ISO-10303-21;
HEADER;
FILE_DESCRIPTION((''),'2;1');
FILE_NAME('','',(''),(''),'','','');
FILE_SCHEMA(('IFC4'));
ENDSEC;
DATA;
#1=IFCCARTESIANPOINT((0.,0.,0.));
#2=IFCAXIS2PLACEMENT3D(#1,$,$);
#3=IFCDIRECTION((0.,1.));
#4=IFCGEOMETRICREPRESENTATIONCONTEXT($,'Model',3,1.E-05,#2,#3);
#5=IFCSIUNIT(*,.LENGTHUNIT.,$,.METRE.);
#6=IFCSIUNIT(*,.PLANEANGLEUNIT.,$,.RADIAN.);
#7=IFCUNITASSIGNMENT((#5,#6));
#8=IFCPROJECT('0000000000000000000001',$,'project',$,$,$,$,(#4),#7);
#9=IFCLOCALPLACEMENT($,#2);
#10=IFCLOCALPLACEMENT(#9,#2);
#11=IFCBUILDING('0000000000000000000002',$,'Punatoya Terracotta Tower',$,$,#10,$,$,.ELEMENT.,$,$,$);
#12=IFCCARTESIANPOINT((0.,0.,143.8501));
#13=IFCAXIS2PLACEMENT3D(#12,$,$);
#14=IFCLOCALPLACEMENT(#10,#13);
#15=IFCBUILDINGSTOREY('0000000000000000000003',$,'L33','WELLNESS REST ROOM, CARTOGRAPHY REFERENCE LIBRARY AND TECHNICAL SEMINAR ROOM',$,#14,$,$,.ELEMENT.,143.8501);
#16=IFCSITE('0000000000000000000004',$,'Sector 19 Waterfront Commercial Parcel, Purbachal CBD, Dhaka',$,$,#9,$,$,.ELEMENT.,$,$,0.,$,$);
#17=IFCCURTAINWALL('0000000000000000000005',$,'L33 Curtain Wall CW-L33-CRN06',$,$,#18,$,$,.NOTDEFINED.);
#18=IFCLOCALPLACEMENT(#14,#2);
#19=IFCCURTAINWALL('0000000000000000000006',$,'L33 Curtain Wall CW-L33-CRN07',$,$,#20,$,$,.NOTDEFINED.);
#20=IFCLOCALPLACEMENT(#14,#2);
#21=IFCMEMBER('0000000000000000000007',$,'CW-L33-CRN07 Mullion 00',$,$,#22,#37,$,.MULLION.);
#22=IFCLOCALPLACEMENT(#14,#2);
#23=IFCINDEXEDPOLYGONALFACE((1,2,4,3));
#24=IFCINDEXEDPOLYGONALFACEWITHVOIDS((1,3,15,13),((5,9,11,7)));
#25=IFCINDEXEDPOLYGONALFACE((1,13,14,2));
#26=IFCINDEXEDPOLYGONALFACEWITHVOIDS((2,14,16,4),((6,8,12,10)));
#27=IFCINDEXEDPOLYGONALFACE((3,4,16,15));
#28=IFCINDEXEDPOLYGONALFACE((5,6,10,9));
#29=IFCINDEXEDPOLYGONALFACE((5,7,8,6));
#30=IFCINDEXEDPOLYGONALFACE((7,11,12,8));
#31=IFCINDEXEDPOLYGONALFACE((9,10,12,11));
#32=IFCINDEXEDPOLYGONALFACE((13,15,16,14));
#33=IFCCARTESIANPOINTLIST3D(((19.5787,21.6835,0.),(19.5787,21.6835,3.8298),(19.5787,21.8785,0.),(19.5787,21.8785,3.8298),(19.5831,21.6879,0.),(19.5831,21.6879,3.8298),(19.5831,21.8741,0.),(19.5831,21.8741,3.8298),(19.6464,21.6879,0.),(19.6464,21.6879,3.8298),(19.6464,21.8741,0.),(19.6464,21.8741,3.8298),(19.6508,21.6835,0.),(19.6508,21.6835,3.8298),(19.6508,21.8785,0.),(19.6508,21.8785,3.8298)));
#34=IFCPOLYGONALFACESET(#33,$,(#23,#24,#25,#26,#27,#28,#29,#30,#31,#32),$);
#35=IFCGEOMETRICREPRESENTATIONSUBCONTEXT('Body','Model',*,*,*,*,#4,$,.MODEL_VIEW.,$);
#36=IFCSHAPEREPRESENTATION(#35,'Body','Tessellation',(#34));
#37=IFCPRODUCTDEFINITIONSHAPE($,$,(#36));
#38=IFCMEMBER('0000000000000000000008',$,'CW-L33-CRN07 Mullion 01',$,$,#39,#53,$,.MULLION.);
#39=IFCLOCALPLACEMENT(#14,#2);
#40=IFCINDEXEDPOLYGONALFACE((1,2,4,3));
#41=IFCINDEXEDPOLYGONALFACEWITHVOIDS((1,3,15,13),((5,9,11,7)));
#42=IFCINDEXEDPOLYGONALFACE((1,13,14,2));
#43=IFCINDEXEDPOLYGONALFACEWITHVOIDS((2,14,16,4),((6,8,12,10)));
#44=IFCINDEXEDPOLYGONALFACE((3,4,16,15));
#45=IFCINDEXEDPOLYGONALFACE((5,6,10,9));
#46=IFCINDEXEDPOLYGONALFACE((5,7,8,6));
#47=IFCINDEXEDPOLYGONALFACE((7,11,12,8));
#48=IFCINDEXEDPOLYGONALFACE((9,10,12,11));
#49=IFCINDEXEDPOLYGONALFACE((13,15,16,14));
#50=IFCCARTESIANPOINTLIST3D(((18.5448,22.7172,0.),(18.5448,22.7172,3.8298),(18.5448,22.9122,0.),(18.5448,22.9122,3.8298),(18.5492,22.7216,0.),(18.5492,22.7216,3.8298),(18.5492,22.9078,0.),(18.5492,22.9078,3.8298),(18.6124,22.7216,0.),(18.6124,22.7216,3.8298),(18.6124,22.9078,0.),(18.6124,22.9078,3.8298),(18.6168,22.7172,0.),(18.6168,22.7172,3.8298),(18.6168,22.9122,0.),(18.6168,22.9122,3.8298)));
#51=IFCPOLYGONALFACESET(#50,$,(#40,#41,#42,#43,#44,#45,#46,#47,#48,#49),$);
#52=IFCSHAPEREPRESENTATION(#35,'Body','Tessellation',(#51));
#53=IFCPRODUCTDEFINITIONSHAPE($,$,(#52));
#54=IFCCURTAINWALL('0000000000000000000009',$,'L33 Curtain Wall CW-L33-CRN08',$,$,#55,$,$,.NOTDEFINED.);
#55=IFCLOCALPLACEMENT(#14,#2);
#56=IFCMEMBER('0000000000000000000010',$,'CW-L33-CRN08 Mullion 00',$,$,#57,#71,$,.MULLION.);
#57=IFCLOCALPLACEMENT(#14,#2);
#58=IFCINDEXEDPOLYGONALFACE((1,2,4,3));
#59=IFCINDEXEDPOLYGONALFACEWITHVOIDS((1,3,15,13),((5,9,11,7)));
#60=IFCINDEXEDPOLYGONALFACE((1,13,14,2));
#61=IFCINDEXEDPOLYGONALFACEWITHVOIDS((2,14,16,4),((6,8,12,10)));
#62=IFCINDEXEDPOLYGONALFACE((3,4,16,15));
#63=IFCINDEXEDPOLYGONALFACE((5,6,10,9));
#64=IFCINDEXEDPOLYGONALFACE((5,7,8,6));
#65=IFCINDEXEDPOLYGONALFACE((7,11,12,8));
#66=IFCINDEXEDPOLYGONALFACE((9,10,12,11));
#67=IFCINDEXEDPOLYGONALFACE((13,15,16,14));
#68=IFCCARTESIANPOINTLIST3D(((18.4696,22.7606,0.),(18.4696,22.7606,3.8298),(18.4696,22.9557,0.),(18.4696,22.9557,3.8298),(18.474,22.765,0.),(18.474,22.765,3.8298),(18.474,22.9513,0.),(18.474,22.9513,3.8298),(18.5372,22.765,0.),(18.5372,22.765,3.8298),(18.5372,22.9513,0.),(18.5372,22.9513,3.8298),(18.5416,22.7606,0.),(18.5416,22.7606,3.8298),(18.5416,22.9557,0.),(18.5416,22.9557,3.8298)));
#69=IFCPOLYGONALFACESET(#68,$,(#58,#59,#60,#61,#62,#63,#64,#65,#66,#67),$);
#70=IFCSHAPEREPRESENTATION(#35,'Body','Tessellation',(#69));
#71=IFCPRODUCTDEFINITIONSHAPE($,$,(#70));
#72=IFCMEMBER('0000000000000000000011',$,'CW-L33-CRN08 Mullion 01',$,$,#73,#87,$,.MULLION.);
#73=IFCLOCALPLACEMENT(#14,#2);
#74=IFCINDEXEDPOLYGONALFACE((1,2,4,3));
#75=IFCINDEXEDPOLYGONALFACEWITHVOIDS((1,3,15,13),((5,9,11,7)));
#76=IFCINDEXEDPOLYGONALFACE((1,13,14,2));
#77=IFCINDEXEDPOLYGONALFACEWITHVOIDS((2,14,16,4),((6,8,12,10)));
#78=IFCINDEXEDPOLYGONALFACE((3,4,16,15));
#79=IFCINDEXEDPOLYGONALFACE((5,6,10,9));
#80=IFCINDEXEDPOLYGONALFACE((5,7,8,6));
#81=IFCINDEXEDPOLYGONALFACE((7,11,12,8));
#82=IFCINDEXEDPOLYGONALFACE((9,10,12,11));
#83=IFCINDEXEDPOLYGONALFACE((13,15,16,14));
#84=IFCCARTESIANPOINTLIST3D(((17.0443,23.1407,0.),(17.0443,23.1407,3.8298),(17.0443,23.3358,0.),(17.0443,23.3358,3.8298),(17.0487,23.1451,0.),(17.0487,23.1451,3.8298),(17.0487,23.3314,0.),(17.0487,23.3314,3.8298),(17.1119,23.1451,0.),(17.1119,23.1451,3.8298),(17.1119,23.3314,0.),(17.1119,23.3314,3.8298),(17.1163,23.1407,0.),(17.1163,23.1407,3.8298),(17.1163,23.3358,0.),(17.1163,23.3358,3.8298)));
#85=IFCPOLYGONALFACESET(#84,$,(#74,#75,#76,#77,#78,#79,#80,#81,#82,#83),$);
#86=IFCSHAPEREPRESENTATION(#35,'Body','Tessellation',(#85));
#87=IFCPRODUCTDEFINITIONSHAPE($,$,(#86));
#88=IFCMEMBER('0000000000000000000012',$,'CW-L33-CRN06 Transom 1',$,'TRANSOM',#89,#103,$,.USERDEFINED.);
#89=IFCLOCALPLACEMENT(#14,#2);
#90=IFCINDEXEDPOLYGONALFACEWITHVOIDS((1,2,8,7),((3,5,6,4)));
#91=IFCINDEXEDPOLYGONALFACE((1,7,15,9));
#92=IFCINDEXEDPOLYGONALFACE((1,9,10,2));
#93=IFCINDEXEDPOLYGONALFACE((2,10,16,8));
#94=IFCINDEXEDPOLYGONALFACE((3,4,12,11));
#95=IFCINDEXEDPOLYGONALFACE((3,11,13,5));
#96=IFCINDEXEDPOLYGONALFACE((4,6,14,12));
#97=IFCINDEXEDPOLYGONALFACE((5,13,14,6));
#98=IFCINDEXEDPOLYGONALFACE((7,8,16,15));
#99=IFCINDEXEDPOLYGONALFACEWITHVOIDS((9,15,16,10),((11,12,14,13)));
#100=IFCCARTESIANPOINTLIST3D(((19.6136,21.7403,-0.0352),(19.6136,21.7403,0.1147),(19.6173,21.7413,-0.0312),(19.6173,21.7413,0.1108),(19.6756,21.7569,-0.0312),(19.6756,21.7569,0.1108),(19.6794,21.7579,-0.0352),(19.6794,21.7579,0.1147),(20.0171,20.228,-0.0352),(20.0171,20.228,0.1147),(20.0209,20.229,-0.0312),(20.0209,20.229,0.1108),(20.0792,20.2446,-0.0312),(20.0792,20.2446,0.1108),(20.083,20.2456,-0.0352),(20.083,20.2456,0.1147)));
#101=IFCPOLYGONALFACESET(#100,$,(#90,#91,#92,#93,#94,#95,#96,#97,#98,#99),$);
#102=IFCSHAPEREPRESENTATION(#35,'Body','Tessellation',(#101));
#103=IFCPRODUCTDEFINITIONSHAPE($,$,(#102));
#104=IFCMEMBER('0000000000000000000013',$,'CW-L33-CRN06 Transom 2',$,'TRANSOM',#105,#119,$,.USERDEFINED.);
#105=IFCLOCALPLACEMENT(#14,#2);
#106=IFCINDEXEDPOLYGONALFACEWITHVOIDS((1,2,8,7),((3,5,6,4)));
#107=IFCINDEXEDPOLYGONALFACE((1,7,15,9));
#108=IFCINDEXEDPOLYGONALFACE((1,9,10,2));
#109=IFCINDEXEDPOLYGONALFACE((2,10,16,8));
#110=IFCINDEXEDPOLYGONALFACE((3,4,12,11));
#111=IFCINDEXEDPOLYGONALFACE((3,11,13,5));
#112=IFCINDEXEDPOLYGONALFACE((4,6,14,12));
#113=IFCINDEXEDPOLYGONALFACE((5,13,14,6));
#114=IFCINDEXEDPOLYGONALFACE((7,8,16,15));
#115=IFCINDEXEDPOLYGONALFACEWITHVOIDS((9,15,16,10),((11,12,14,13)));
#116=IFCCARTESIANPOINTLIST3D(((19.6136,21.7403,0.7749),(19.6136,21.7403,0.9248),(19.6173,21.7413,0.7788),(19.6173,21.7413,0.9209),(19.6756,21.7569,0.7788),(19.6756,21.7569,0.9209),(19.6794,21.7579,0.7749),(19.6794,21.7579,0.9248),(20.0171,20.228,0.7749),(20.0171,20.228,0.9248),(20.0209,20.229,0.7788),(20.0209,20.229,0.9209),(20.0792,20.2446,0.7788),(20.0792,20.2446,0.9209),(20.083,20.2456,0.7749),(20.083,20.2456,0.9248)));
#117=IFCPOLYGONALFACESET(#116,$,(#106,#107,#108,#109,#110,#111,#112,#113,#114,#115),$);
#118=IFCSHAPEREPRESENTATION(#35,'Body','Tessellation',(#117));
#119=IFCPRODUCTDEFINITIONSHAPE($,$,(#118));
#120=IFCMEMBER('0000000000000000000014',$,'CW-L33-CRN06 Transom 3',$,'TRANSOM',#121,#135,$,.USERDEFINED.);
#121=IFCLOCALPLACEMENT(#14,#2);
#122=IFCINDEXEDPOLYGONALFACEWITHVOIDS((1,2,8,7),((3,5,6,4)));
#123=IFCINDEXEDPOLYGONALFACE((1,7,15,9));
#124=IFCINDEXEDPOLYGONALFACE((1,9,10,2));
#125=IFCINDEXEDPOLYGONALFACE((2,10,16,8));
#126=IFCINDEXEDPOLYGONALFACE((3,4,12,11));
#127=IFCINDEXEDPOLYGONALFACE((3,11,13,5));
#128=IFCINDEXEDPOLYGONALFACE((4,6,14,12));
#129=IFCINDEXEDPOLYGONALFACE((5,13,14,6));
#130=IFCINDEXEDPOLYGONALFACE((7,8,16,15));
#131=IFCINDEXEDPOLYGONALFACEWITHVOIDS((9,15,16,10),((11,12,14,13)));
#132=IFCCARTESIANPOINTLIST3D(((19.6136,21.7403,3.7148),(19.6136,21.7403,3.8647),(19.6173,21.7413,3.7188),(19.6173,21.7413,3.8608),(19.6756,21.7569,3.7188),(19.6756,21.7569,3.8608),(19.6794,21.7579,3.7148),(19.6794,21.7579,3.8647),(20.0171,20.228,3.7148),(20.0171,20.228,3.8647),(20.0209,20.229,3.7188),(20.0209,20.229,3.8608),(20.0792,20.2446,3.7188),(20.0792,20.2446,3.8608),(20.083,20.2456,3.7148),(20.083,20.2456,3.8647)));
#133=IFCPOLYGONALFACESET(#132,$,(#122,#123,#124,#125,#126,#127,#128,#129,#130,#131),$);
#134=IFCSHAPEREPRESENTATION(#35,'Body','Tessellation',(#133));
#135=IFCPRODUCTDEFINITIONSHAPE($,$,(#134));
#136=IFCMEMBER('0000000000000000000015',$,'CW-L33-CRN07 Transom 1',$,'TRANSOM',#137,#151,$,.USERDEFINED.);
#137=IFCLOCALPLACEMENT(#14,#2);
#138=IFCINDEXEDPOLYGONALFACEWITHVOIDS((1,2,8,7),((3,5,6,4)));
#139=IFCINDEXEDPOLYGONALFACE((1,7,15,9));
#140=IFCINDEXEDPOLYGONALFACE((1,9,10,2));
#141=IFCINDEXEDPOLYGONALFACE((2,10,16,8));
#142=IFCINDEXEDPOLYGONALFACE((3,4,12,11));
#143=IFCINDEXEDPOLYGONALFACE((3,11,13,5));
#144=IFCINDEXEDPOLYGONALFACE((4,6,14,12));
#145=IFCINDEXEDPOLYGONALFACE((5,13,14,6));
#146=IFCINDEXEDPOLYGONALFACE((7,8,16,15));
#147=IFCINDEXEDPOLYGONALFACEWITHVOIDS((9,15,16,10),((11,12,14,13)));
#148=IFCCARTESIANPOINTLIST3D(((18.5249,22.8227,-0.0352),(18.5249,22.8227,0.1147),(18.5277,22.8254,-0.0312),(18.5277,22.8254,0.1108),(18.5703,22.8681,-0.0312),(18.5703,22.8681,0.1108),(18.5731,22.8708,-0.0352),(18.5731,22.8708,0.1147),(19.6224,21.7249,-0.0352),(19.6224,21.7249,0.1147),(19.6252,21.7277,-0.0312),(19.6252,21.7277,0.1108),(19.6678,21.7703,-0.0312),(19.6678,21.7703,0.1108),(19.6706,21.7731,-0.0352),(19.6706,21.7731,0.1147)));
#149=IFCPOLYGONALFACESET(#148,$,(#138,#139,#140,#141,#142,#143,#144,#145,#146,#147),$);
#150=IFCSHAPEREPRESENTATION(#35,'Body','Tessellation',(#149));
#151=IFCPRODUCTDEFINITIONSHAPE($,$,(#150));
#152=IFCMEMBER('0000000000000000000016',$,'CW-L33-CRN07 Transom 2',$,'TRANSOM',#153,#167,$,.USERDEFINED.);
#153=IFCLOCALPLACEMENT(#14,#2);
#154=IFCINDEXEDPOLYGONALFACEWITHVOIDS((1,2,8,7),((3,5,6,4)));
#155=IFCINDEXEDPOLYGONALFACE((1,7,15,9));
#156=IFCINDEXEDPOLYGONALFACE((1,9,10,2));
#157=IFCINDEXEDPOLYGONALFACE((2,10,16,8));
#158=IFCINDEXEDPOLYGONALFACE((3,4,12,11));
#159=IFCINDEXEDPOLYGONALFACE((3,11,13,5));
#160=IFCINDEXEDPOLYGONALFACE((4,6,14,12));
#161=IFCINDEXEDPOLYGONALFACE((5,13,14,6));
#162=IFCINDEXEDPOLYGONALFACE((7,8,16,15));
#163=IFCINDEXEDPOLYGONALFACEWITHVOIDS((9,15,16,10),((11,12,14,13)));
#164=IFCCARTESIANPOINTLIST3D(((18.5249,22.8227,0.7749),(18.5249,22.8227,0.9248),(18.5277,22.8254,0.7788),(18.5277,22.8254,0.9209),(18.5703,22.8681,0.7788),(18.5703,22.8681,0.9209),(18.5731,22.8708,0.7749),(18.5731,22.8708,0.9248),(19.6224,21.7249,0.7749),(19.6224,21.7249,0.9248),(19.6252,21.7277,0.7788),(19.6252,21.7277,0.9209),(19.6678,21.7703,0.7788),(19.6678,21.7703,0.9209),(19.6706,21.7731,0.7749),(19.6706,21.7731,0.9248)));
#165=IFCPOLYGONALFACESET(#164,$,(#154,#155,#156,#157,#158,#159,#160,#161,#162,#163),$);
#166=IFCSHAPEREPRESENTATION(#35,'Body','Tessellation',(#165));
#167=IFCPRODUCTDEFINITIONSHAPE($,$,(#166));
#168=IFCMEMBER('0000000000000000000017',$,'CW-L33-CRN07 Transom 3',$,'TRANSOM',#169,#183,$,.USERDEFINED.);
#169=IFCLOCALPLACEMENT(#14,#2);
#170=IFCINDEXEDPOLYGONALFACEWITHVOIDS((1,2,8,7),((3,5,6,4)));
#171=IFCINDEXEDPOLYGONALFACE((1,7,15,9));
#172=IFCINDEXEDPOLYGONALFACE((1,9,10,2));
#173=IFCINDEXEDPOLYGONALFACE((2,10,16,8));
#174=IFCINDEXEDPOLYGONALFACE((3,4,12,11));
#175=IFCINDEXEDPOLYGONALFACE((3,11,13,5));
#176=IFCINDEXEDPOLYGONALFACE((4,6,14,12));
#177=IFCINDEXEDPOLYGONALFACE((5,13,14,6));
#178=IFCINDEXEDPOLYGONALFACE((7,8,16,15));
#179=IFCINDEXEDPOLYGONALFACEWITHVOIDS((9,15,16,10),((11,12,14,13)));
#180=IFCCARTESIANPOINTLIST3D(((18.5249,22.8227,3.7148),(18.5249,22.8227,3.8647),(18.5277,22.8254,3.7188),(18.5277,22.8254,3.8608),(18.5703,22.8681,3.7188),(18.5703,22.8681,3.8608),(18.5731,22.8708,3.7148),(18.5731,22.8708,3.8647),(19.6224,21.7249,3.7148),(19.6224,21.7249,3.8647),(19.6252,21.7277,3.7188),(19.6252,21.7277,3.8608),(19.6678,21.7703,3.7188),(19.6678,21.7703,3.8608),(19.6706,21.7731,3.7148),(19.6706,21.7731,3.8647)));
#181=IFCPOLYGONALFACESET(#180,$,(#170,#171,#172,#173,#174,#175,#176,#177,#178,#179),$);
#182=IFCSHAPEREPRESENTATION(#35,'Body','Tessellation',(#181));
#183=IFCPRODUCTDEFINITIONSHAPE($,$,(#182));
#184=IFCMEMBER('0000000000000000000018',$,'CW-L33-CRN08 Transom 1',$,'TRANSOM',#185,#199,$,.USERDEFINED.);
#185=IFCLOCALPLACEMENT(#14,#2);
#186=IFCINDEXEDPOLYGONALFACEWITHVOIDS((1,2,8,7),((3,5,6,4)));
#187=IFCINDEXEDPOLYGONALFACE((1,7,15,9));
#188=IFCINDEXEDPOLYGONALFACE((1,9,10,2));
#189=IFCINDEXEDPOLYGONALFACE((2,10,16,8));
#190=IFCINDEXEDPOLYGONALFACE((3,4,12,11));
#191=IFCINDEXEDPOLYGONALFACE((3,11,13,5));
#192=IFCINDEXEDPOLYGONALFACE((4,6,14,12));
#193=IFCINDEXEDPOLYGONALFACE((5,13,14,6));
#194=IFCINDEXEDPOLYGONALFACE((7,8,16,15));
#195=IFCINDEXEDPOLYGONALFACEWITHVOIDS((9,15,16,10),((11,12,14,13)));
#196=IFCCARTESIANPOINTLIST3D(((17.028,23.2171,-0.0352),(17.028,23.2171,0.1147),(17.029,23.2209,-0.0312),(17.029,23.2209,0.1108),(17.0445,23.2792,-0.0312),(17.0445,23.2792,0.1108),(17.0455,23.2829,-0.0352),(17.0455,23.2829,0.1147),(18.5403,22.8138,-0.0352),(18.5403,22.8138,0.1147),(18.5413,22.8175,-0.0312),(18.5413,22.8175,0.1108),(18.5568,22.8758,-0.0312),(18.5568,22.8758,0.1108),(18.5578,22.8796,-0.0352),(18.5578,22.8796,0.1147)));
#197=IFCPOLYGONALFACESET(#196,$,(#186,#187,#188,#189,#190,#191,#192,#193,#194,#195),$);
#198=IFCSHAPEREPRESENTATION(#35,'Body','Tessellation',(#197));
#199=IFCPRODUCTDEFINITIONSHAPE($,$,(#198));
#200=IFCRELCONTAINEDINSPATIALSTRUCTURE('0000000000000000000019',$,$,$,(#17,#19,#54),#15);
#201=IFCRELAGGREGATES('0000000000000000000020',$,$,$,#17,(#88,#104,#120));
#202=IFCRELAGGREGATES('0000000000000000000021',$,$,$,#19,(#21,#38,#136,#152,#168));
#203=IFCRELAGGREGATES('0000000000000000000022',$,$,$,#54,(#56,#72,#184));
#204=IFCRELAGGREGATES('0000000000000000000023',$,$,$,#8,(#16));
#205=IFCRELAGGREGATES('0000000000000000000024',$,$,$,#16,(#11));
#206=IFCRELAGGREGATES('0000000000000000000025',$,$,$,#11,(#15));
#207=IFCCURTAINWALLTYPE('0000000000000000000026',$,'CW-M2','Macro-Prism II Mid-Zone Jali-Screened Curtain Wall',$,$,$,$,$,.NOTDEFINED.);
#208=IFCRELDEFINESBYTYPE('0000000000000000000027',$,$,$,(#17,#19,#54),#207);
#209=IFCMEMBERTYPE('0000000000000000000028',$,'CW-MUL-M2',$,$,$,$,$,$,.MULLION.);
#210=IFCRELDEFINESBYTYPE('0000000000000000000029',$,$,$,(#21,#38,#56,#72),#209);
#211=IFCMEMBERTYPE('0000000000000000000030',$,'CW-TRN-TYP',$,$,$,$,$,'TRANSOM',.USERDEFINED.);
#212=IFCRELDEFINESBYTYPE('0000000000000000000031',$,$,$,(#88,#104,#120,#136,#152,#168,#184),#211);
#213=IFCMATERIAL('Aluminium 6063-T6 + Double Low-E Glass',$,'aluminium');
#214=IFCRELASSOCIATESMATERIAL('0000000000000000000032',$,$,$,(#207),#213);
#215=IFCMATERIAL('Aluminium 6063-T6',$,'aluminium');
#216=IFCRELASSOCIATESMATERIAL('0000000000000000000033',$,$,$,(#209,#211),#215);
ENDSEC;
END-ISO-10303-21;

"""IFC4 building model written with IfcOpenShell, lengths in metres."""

from ifc_helpers import new_model, si_unit, direction, frame, origin, origin_2d, place, context, subcontext, project, spatial, hollow_rectangle, extrude, material, material_profile, profile_set, type_object, element, aggregate, save


model = new_model("IFC4")

# Units and contexts
model_context = context("Model", 3, precision=1e-05, world=origin(), true_north=direction((0.0, 1.0)))
body_context = subcontext(model_context, "Body", "Model", "MODEL_VIEW")
ifc_project = project(units=[si_unit("LENGTHUNIT", "METRE"), si_unit("PLANEANGLEUNIT", "RADIAN")], contexts=[model_context])

# Site, building, storey
site_placement = place(None, origin())
site = spatial("IfcSite", under=ifc_project, at=site_placement, Name="Sector 19 Waterfront Commercial Parcel, Purbachal CBD, Dhaka", CompositionType="ELEMENT", RefElevation=0.0)
building_placement = place(site_placement, origin())
building = spatial("IfcBuilding", under=site, at=building_placement, Name="Punatoya Terracotta Tower", CompositionType="ELEMENT")
storey_placement = place(building_placement, frame((0.0, 0.0, 143.8501)))
storey = spatial("IfcBuildingStorey", under=building, at=storey_placement, Name="L33", Description="WELLNESS REST ROOM, CARTOGRAPHY REFERENCE LIBRARY AND TECHNICAL SEMINAR ROOM", CompositionType="ELEMENT", Elevation=143.8501)

# Curtain walls, members
ifc_material_1 = material(Name="Aluminium 6063-T6 + Double Low-E Glass", Category="aluminium")
curtain_wall_type = type_object("IfcCurtainWallType", Name="CW-M2", Description="Macro-Prism II Mid-Zone Jali-Screened Curtain Wall", PredefinedType="NOTDEFINED", material=ifc_material_1)
ifc_material_2 = material(Name="Aluminium 6063-T6", Category="aluminium")
ifc_material_profile_1 = material_profile(ifc_material_2, hollow_rectangle(XDim=0.072, YDim=0.1951, WallThickness=0.0044, at=origin_2d()))
ifc_profile_set_1 = profile_set([ifc_material_profile_1], Name="Aluminium 6063-T6")
member_type_1 = type_object("IfcMemberType", Name="CW-MUL-M2", PredefinedType="MULLION", material=ifc_profile_set_1)
curtain_wall_1_placement = place(storey_placement, origin())
curtain_wall_1 = element("IfcCurtainWall", 1, at=curtain_wall_1_placement, inside=storey, type_object=curtain_wall_type, Name="L33 Curtain Wall CW-L33-CRN06", PredefinedType="NOTDEFINED")
curtain_wall_2_placement = place(storey_placement, origin())
curtain_wall_2 = element("IfcCurtainWall", 2, at=curtain_wall_2_placement, inside=storey, type_object=curtain_wall_type, Name="L33 Curtain Wall CW-L33-CRN07", PredefinedType="NOTDEFINED")
member_1_placement = place(storey_placement, frame((19.6147, 21.781, 0.0), z_axis=(0.0, 0.0, 1.0), x_axis=(1.0, 0.0, 0.0)))
member_1 = element("IfcMember", 3, at=member_1_placement, type_object=member_type_1, Name="CW-L33-CRN07 Mullion 00", PredefinedType="MULLION", context=body_context, shape_type="SweptSolid", body=[
    extrude(hollow_rectangle(XDim=0.072, YDim=0.1951, WallThickness=0.0044, at=origin_2d()), origin(), (0.0, 0.0, 1.0), 3.8298),
])
member_2_placement = place(storey_placement, frame((18.5808, 22.8147, 0.0), z_axis=(0.0, 0.0, 1.0), x_axis=(1.0, 0.0, 0.0)))
member_2 = element("IfcMember", 4, at=member_2_placement, type_object=member_type_1, Name="CW-L33-CRN07 Mullion 01", PredefinedType="MULLION", context=body_context, shape_type="SweptSolid", body=[
    extrude(hollow_rectangle(XDim=0.072, YDim=0.1951, WallThickness=0.0044, at=origin_2d()), origin(), (0.0, 0.0, 1.0), 3.8298),
])
curtain_wall_3_placement = place(storey_placement, origin())
curtain_wall_3 = element("IfcCurtainWall", 5, at=curtain_wall_3_placement, inside=storey, type_object=curtain_wall_type, Name="L33 Curtain Wall CW-L33-CRN08", PredefinedType="NOTDEFINED")
member_3_placement = place(storey_placement, frame((18.5056, 22.8582, 0.0), z_axis=(0.0, 0.0, 1.0), x_axis=(1.0, 0.0, 0.0)))
member_3 = element("IfcMember", 6, at=member_3_placement, type_object=member_type_1, Name="CW-L33-CRN08 Mullion 00", PredefinedType="MULLION", context=body_context, shape_type="SweptSolid", body=[
    extrude(hollow_rectangle(XDim=0.072, YDim=0.1951, WallThickness=0.0044, at=origin_2d()), origin(), (0.0, 0.0, 1.0), 3.8298),
])
member_4_placement = place(storey_placement, frame((17.0803, 23.2383, 0.0), z_axis=(0.0, 0.0, 1.0), x_axis=(1.0, 0.0, 0.0)))
member_4 = element("IfcMember", 7, at=member_4_placement, type_object=member_type_1, Name="CW-L33-CRN08 Mullion 01", PredefinedType="MULLION", context=body_context, shape_type="SweptSolid", body=[
    extrude(hollow_rectangle(XDim=0.072, YDim=0.1951, WallThickness=0.0044, at=origin_2d()), origin(), (0.0, 0.0, 1.0), 3.8298),
])

# Members
ifc_material_profile_2 = material_profile(ifc_material_2, hollow_rectangle(XDim=0.0681, YDim=0.1499, WallThickness=0.0039, at=origin_2d()))
ifc_profile_set_2 = profile_set([ifc_material_profile_2], Name="Aluminium 6063-T6")
member_type_2 = type_object("IfcMemberType", Name="CW-TRN-TYP", ElementType="TRANSOM", PredefinedType="USERDEFINED", material=ifc_profile_set_2)
member_5_placement = place(storey_placement, frame((20.05, 20.2368, 0.0398), z_axis=(-0.257847, 0.966186, 0.0), x_axis=(-0.966186, -0.257847, 0.0)))
member_5 = element("IfcMember", 8, at=member_5_placement, type_object=member_type_2, Name="CW-L33-CRN06 Transom 1", ObjectType="TRANSOM", PredefinedType="USERDEFINED", context=body_context, shape_type="SweptSolid", body=[
    extrude(hollow_rectangle(XDim=0.0681, YDim=0.1499, WallThickness=0.0039, at=origin_2d()), origin(), (0.0, 0.0, 1.0), 1.5652),
])
member_6_placement = place(storey_placement, frame((20.05, 20.2368, 0.8499), z_axis=(-0.257847, 0.966186, 0.0), x_axis=(-0.966186, -0.257847, 0.0)))
member_6 = element("IfcMember", 9, at=member_6_placement, type_object=member_type_2, Name="CW-L33-CRN06 Transom 2", ObjectType="TRANSOM", PredefinedType="USERDEFINED", context=body_context, shape_type="SweptSolid", body=[
    extrude(hollow_rectangle(XDim=0.0681, YDim=0.1499, WallThickness=0.0039, at=origin_2d()), origin(), (0.0, 0.0, 1.0), 1.5652),
])
member_7_placement = place(storey_placement, frame((20.05, 20.2368, 3.7898), z_axis=(-0.257847, 0.966186, 0.0), x_axis=(-0.966186, -0.257847, 0.0)))
member_7 = element("IfcMember", 10, at=member_7_placement, type_object=member_type_2, Name="CW-L33-CRN06 Transom 3", ObjectType="TRANSOM", PredefinedType="USERDEFINED", context=body_context, shape_type="SweptSolid", body=[
    extrude(hollow_rectangle(XDim=0.0681, YDim=0.1499, WallThickness=0.0039, at=origin_2d()), origin(), (0.0, 0.0, 1.0), 1.5652),
])
member_8_placement = place(storey_placement, frame((19.6465, 21.749, 0.0398), z_axis=(-0.707028, 0.707185, 0.0), x_axis=(-0.707185, -0.707028, 0.0)))
member_8 = element("IfcMember", 11, at=member_8_placement, type_object=member_type_2, Name="CW-L33-CRN07 Transom 1", ObjectType="TRANSOM", PredefinedType="USERDEFINED", context=body_context, shape_type="SweptSolid", body=[
    extrude(hollow_rectangle(XDim=0.0681, YDim=0.1499, WallThickness=0.0039, at=origin_2d()), origin(), (0.0, 0.0, 1.0), 1.5522),
])
member_9_placement = place(storey_placement, frame((19.6465, 21.749, 0.8499), z_axis=(-0.707028, 0.707185, 0.0), x_axis=(-0.707185, -0.707028, 0.0)))
member_9 = element("IfcMember", 12, at=member_9_placement, type_object=member_type_2, Name="CW-L33-CRN07 Transom 2", ObjectType="TRANSOM", PredefinedType="USERDEFINED", context=body_context, shape_type="SweptSolid", body=[
    extrude(hollow_rectangle(XDim=0.0681, YDim=0.1499, WallThickness=0.0039, at=origin_2d()), origin(), (0.0, 0.0, 1.0), 1.5522),
])
member_10_placement = place(storey_placement, frame((19.6465, 21.749, 3.7898), z_axis=(-0.707028, 0.707185, 0.0), x_axis=(-0.707185, -0.707028, 0.0)))
member_10 = element("IfcMember", 13, at=member_10_placement, type_object=member_type_2, Name="CW-L33-CRN07 Transom 3", ObjectType="TRANSOM", PredefinedType="USERDEFINED", context=body_context, shape_type="SweptSolid", body=[
    extrude(hollow_rectangle(XDim=0.0681, YDim=0.1499, WallThickness=0.0039, at=origin_2d()), origin(), (0.0, 0.0, 1.0), 1.5522),
])
member_11_placement = place(storey_placement, frame((18.5491, 22.8467, 0.0398), z_axis=(-0.966225, 0.257701, 0.0), x_axis=(-0.257701, -0.966225, 0.0)))
member_11 = element("IfcMember", 14, at=member_11_placement, type_object=member_type_2, Name="CW-L33-CRN08 Transom 1", ObjectType="TRANSOM", PredefinedType="USERDEFINED", context=body_context, shape_type="SweptSolid", body=[
    extrude(hollow_rectangle(XDim=0.0681, YDim=0.1499, WallThickness=0.0039, at=origin_2d()), origin(), (0.0, 0.0, 1.0), 1.5652),
])

aggregate(curtain_wall_1, [member_5, member_6, member_7])
aggregate(curtain_wall_2, [member_1, member_2, member_8, member_9, member_10])
aggregate(curtain_wall_3, [member_3, member_4, member_11])

save(model, "model.ifc")
